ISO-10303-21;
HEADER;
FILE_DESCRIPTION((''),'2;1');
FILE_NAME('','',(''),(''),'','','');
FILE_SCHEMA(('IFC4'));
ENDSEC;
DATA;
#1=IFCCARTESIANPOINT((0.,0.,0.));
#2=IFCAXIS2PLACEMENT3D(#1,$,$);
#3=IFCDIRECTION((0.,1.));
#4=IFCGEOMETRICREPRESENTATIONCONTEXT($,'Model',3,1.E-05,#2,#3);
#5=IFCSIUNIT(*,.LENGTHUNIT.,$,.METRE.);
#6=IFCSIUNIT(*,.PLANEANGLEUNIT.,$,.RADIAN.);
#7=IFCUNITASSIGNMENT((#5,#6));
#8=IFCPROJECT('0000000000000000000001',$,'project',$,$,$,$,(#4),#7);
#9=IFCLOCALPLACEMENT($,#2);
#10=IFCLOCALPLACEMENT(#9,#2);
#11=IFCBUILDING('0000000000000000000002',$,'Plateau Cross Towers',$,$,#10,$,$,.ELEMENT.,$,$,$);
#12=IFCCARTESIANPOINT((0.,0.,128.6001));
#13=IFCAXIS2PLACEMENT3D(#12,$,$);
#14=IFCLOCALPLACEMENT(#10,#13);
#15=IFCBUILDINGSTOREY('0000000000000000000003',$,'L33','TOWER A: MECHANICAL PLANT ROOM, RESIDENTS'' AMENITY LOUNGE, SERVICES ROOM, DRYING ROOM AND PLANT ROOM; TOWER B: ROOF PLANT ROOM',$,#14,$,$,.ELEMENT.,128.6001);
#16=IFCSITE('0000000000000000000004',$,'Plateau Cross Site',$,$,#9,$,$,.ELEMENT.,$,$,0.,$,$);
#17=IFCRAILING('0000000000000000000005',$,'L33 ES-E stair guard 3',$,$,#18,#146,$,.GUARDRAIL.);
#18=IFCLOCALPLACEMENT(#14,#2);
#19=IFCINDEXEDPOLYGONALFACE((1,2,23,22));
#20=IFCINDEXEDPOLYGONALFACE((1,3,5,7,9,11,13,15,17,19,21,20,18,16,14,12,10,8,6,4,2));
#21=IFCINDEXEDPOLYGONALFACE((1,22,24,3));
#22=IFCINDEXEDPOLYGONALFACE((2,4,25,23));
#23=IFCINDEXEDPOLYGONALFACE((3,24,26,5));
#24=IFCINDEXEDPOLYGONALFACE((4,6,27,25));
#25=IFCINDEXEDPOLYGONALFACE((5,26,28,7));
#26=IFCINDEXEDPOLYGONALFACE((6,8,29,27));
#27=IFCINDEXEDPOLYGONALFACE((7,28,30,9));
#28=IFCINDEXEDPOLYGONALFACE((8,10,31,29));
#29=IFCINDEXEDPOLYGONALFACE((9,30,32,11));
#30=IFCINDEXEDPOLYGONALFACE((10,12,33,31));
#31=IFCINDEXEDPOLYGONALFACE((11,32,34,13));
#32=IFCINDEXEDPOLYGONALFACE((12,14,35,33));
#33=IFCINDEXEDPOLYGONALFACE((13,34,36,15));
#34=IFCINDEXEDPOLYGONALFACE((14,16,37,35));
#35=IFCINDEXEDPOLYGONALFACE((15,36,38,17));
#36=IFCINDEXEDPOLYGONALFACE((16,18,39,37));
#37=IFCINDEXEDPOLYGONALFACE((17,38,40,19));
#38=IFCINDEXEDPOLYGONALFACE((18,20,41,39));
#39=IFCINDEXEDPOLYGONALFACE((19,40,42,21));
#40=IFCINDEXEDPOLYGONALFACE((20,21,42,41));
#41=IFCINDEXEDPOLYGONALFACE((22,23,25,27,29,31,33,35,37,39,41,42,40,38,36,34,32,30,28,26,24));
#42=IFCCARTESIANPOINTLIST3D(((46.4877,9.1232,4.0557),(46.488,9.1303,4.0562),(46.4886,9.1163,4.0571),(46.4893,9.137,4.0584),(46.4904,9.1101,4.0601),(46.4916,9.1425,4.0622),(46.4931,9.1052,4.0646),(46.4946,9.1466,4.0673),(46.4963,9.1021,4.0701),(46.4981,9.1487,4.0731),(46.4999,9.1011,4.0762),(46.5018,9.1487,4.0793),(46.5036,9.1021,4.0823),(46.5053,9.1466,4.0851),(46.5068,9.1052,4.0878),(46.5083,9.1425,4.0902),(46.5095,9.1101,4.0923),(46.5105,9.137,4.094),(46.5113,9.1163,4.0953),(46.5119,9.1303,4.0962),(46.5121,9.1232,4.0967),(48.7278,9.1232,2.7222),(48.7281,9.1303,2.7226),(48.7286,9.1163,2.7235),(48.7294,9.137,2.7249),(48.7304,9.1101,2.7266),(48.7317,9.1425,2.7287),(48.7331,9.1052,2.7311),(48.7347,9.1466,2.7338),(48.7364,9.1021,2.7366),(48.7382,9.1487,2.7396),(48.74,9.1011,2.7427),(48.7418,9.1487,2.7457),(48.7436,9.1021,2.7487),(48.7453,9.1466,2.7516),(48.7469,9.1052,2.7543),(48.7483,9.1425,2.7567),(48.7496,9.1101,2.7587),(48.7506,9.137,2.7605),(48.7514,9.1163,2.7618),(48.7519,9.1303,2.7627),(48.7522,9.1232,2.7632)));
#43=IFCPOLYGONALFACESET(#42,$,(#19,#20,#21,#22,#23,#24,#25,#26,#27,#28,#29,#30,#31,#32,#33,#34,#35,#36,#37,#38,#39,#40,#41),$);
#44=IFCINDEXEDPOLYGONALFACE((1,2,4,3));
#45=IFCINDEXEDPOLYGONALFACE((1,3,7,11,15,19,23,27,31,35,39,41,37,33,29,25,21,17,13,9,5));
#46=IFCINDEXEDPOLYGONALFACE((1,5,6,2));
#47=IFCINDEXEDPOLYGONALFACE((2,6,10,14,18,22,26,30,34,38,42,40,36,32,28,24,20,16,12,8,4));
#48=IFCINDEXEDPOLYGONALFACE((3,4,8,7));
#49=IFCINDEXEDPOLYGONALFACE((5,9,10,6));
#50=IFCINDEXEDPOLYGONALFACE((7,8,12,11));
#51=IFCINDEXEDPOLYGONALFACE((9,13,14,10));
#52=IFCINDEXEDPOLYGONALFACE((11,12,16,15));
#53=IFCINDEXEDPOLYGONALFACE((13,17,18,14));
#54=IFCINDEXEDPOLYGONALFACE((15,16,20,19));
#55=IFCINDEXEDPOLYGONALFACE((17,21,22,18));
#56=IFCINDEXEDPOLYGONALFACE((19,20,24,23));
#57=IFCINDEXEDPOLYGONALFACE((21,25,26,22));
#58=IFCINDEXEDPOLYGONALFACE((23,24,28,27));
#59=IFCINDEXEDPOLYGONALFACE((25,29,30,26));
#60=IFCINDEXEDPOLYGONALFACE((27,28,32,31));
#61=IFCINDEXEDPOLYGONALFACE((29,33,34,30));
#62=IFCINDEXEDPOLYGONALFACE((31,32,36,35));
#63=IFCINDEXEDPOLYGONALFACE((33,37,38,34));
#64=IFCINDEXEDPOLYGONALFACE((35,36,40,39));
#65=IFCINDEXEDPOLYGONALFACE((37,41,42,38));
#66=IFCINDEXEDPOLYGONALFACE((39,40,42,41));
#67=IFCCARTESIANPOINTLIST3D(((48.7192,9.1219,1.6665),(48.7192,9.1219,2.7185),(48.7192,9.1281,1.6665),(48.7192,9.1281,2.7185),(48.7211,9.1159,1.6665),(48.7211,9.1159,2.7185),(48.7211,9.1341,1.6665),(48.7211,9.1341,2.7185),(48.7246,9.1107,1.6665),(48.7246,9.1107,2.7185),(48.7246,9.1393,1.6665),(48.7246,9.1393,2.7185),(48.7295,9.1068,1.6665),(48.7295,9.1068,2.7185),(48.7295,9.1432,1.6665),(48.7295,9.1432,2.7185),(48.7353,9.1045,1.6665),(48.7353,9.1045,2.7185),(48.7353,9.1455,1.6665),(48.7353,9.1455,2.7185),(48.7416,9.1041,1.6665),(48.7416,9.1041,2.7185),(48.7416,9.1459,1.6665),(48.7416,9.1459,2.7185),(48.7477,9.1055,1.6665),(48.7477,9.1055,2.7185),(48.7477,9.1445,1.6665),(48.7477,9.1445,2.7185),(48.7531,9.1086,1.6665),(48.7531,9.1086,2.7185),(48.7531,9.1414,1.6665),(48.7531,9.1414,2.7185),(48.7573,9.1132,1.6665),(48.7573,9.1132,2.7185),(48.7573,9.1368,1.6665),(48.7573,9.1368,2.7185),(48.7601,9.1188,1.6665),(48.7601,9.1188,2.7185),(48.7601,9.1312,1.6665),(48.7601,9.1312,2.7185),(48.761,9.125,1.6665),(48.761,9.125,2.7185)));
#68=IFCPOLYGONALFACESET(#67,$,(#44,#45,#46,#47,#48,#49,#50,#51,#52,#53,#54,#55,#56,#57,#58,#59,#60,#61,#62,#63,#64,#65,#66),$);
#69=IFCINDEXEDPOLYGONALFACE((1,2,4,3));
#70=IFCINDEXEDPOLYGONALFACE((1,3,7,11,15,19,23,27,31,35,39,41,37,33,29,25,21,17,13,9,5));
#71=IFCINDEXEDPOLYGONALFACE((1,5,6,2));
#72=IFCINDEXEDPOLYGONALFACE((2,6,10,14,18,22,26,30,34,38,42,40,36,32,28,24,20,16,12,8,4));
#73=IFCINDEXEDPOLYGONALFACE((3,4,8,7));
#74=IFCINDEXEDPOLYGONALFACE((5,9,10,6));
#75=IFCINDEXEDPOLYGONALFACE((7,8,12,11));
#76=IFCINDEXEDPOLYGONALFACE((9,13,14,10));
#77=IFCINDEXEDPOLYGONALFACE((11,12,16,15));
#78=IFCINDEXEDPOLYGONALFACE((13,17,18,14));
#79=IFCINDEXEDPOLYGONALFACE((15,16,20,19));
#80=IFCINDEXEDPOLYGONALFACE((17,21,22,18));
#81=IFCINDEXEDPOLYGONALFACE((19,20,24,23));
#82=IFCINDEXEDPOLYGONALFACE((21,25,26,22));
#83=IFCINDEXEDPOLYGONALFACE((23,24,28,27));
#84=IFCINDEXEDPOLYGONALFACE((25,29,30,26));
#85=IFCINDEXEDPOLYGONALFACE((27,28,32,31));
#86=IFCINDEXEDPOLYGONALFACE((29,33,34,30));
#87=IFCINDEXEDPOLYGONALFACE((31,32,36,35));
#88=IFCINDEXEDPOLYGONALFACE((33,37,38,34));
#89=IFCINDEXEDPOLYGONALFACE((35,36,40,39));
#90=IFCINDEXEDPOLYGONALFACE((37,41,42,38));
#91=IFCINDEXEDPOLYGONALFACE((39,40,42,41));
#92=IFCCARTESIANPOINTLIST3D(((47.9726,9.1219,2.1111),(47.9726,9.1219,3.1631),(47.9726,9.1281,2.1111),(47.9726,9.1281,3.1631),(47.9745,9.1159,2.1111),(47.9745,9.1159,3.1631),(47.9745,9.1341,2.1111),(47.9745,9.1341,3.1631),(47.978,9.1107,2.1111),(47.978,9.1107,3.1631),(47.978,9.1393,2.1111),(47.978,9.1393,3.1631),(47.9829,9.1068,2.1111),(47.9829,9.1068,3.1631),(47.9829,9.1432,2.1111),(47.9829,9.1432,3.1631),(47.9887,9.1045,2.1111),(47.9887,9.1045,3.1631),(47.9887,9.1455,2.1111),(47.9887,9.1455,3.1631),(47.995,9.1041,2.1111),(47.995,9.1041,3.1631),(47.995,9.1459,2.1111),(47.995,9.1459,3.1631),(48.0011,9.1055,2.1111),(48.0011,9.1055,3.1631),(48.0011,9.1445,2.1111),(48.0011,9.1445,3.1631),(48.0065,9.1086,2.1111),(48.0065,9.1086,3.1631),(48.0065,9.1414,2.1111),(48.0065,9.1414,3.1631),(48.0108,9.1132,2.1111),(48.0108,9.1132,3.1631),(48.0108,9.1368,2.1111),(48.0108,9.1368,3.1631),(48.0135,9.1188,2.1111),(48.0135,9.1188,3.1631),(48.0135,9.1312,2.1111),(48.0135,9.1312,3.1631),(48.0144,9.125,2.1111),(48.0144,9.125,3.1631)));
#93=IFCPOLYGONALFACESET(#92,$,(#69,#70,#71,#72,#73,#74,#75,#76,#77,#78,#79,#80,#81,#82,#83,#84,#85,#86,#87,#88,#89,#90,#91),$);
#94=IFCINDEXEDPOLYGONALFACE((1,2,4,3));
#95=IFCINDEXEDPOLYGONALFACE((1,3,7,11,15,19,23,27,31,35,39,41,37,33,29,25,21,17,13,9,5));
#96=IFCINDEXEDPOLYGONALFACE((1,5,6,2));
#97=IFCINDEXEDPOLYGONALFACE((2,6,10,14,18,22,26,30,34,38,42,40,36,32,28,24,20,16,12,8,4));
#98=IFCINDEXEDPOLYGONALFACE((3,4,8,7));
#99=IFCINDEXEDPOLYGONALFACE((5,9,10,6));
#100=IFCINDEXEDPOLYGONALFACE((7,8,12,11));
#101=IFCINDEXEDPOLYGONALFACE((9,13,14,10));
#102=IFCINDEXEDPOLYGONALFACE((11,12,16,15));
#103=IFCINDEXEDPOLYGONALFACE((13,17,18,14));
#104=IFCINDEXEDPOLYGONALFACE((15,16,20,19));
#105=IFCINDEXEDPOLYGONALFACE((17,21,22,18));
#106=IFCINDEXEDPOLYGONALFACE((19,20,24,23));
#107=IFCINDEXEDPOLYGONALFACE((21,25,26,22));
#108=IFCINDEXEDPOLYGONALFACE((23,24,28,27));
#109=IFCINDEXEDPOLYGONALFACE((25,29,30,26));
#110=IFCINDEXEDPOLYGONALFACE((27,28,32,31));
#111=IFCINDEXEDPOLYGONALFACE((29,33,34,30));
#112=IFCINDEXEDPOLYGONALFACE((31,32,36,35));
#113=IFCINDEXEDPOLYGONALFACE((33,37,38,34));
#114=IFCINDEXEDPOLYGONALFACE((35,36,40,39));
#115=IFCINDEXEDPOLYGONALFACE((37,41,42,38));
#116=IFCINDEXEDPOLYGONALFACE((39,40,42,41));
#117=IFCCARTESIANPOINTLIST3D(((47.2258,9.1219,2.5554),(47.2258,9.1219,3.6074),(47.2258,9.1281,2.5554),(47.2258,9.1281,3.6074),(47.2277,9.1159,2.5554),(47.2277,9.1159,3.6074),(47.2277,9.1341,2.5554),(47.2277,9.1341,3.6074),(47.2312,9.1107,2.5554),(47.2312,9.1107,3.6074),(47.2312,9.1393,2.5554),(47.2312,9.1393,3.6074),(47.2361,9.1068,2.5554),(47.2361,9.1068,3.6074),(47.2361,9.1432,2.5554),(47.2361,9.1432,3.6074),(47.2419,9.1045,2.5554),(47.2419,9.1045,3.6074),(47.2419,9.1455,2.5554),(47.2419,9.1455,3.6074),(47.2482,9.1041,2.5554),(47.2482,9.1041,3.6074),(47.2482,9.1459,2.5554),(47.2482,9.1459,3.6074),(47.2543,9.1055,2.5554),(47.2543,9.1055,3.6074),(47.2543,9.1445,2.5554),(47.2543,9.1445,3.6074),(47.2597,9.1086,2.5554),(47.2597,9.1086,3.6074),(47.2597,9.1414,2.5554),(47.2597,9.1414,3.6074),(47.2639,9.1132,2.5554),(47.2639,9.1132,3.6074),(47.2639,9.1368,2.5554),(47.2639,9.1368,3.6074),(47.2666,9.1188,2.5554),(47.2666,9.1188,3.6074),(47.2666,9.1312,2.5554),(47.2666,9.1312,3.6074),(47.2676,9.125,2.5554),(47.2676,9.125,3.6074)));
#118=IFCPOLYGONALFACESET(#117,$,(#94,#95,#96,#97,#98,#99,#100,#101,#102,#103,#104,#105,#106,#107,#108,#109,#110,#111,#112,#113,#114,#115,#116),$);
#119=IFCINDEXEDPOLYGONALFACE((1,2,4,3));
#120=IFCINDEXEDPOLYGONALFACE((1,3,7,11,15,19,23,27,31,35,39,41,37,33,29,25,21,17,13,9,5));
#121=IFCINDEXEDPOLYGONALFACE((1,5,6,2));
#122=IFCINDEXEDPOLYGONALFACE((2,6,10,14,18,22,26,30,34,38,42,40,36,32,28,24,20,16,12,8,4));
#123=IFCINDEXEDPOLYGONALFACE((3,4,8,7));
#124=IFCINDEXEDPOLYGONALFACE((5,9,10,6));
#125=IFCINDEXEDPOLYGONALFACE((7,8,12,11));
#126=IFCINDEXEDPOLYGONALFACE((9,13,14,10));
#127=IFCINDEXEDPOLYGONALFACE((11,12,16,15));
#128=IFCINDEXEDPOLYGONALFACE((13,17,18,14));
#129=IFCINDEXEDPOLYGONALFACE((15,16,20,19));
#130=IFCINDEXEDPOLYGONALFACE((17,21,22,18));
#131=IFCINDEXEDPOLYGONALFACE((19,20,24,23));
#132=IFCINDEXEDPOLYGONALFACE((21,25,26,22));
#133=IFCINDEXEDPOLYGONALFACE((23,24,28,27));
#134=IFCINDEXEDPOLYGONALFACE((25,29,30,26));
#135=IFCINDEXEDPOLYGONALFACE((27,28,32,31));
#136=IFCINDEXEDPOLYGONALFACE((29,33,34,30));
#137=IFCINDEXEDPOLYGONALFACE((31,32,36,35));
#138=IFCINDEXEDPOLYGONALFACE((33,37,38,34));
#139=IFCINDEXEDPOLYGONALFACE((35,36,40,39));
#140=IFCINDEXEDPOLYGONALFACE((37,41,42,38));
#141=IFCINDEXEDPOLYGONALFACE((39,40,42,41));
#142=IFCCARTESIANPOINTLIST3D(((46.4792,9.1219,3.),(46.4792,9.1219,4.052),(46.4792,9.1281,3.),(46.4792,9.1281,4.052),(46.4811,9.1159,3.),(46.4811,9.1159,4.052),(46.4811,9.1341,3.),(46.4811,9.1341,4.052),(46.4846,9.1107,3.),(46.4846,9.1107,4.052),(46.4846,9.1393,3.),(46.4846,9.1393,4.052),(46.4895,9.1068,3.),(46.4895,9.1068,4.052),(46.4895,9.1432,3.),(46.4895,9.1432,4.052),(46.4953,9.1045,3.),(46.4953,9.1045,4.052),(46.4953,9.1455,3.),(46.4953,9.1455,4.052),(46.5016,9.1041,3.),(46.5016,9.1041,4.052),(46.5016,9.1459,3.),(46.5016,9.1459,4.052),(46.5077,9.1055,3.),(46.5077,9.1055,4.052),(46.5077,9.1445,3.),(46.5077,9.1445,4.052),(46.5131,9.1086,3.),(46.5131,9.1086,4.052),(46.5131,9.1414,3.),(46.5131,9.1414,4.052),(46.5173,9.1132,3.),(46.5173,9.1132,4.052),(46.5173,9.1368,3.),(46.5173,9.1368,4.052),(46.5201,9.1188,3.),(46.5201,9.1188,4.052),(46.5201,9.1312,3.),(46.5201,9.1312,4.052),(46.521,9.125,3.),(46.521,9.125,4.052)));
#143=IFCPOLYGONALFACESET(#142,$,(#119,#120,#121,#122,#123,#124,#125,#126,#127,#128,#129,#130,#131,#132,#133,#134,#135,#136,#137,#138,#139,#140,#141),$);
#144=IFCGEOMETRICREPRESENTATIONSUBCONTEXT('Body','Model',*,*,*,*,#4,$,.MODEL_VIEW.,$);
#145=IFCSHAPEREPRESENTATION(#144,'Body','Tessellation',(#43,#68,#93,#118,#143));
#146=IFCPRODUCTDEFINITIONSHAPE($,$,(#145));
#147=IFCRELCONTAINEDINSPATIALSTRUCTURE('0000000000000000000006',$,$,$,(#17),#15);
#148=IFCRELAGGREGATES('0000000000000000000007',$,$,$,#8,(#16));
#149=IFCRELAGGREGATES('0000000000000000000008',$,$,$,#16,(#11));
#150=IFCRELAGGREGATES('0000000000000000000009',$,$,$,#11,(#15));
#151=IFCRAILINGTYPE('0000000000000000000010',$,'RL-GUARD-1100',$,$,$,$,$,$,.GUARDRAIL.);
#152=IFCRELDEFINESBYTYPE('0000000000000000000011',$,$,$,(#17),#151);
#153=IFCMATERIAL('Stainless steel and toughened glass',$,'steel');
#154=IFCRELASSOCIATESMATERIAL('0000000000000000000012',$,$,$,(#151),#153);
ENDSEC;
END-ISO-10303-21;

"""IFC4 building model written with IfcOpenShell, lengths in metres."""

from ifc_helpers import new_model, si_unit, direction, frame, origin, origin_2d, place, context, subcontext, project, spatial, circle, extrude, material, type_object, element, save


model = new_model("IFC4")

# Units and contexts
model_context = context("Model", 3, precision=1e-05, world=origin(), true_north=direction((0.0, 1.0)))
body_context = subcontext(model_context, "Body", "Model", "MODEL_VIEW")
ifc_project = project(units=[si_unit("LENGTHUNIT", "METRE"), si_unit("PLANEANGLEUNIT", "RADIAN")], contexts=[model_context])

# Site, building, storey
site_placement = place(None, origin())
site = spatial("IfcSite", under=ifc_project, at=site_placement, Name="Plateau Cross Site", CompositionType="ELEMENT", RefElevation=0.0)
building_placement = place(site_placement, origin())
building = spatial("IfcBuilding", under=site, at=building_placement, Name="Plateau Cross Towers", CompositionType="ELEMENT")
storey_placement = place(building_placement, frame((0.0, 0.0, 128.6001)))
storey = spatial("IfcBuildingStorey", under=building, at=storey_placement, Name="L33", Description="TOWER A: MECHANICAL PLANT ROOM, RESIDENTS' AMENITY LOUNGE, SERVICES ROOM, DRYING ROOM AND PLANT ROOM; TOWER B: ROOF PLANT ROOM", CompositionType="ELEMENT", Elevation=128.6001)

# Railing
ifc_material_1 = material(Name="Stainless steel and toughened glass", Category="steel")
railing_type_1 = type_object("IfcRailingType", Name="RL-GUARD-1100", PredefinedType="GUARDRAIL", material=ifc_material_1)
railing_1_placement = place(storey_placement, frame((48.74, 9.125, 1.6665)))
element("IfcRailing", 1, at=railing_1_placement, inside=storey, type_object=railing_type_1, Name="L33 ES-E stair guard 3", PredefinedType="GUARDRAIL", context=body_context, shape_type="SweptSolid", body=[
    extrude(circle(Radius=0.0239, at=origin_2d()), frame((0.0, 0.0, 1.0762), z_axis=(-0.859264, 0.0, 0.511532), x_axis=(0.0, -1.0, 0.0)), (0.0, 0.0, 1.0), 2.6069),
    extrude(circle(Radius=0.021, at=origin_2d()), origin(), (0.0, 0.0, 1.0), 1.052),
    extrude(circle(Radius=0.021, at=origin_2d()), frame((-0.7466, 0.0, 0.4446)), (0.0, 0.0, 1.0), 1.052),
    extrude(circle(Radius=0.021, at=origin_2d()), frame((-1.4934, 0.0, 0.8889)), (0.0, 0.0, 1.0), 1.052),
    extrude(circle(Radius=0.021, at=origin_2d()), frame((-2.24, 0.0, 1.3335)), (0.0, 0.0, 1.0), 1.052),
])

save(model, "model.ifc")
